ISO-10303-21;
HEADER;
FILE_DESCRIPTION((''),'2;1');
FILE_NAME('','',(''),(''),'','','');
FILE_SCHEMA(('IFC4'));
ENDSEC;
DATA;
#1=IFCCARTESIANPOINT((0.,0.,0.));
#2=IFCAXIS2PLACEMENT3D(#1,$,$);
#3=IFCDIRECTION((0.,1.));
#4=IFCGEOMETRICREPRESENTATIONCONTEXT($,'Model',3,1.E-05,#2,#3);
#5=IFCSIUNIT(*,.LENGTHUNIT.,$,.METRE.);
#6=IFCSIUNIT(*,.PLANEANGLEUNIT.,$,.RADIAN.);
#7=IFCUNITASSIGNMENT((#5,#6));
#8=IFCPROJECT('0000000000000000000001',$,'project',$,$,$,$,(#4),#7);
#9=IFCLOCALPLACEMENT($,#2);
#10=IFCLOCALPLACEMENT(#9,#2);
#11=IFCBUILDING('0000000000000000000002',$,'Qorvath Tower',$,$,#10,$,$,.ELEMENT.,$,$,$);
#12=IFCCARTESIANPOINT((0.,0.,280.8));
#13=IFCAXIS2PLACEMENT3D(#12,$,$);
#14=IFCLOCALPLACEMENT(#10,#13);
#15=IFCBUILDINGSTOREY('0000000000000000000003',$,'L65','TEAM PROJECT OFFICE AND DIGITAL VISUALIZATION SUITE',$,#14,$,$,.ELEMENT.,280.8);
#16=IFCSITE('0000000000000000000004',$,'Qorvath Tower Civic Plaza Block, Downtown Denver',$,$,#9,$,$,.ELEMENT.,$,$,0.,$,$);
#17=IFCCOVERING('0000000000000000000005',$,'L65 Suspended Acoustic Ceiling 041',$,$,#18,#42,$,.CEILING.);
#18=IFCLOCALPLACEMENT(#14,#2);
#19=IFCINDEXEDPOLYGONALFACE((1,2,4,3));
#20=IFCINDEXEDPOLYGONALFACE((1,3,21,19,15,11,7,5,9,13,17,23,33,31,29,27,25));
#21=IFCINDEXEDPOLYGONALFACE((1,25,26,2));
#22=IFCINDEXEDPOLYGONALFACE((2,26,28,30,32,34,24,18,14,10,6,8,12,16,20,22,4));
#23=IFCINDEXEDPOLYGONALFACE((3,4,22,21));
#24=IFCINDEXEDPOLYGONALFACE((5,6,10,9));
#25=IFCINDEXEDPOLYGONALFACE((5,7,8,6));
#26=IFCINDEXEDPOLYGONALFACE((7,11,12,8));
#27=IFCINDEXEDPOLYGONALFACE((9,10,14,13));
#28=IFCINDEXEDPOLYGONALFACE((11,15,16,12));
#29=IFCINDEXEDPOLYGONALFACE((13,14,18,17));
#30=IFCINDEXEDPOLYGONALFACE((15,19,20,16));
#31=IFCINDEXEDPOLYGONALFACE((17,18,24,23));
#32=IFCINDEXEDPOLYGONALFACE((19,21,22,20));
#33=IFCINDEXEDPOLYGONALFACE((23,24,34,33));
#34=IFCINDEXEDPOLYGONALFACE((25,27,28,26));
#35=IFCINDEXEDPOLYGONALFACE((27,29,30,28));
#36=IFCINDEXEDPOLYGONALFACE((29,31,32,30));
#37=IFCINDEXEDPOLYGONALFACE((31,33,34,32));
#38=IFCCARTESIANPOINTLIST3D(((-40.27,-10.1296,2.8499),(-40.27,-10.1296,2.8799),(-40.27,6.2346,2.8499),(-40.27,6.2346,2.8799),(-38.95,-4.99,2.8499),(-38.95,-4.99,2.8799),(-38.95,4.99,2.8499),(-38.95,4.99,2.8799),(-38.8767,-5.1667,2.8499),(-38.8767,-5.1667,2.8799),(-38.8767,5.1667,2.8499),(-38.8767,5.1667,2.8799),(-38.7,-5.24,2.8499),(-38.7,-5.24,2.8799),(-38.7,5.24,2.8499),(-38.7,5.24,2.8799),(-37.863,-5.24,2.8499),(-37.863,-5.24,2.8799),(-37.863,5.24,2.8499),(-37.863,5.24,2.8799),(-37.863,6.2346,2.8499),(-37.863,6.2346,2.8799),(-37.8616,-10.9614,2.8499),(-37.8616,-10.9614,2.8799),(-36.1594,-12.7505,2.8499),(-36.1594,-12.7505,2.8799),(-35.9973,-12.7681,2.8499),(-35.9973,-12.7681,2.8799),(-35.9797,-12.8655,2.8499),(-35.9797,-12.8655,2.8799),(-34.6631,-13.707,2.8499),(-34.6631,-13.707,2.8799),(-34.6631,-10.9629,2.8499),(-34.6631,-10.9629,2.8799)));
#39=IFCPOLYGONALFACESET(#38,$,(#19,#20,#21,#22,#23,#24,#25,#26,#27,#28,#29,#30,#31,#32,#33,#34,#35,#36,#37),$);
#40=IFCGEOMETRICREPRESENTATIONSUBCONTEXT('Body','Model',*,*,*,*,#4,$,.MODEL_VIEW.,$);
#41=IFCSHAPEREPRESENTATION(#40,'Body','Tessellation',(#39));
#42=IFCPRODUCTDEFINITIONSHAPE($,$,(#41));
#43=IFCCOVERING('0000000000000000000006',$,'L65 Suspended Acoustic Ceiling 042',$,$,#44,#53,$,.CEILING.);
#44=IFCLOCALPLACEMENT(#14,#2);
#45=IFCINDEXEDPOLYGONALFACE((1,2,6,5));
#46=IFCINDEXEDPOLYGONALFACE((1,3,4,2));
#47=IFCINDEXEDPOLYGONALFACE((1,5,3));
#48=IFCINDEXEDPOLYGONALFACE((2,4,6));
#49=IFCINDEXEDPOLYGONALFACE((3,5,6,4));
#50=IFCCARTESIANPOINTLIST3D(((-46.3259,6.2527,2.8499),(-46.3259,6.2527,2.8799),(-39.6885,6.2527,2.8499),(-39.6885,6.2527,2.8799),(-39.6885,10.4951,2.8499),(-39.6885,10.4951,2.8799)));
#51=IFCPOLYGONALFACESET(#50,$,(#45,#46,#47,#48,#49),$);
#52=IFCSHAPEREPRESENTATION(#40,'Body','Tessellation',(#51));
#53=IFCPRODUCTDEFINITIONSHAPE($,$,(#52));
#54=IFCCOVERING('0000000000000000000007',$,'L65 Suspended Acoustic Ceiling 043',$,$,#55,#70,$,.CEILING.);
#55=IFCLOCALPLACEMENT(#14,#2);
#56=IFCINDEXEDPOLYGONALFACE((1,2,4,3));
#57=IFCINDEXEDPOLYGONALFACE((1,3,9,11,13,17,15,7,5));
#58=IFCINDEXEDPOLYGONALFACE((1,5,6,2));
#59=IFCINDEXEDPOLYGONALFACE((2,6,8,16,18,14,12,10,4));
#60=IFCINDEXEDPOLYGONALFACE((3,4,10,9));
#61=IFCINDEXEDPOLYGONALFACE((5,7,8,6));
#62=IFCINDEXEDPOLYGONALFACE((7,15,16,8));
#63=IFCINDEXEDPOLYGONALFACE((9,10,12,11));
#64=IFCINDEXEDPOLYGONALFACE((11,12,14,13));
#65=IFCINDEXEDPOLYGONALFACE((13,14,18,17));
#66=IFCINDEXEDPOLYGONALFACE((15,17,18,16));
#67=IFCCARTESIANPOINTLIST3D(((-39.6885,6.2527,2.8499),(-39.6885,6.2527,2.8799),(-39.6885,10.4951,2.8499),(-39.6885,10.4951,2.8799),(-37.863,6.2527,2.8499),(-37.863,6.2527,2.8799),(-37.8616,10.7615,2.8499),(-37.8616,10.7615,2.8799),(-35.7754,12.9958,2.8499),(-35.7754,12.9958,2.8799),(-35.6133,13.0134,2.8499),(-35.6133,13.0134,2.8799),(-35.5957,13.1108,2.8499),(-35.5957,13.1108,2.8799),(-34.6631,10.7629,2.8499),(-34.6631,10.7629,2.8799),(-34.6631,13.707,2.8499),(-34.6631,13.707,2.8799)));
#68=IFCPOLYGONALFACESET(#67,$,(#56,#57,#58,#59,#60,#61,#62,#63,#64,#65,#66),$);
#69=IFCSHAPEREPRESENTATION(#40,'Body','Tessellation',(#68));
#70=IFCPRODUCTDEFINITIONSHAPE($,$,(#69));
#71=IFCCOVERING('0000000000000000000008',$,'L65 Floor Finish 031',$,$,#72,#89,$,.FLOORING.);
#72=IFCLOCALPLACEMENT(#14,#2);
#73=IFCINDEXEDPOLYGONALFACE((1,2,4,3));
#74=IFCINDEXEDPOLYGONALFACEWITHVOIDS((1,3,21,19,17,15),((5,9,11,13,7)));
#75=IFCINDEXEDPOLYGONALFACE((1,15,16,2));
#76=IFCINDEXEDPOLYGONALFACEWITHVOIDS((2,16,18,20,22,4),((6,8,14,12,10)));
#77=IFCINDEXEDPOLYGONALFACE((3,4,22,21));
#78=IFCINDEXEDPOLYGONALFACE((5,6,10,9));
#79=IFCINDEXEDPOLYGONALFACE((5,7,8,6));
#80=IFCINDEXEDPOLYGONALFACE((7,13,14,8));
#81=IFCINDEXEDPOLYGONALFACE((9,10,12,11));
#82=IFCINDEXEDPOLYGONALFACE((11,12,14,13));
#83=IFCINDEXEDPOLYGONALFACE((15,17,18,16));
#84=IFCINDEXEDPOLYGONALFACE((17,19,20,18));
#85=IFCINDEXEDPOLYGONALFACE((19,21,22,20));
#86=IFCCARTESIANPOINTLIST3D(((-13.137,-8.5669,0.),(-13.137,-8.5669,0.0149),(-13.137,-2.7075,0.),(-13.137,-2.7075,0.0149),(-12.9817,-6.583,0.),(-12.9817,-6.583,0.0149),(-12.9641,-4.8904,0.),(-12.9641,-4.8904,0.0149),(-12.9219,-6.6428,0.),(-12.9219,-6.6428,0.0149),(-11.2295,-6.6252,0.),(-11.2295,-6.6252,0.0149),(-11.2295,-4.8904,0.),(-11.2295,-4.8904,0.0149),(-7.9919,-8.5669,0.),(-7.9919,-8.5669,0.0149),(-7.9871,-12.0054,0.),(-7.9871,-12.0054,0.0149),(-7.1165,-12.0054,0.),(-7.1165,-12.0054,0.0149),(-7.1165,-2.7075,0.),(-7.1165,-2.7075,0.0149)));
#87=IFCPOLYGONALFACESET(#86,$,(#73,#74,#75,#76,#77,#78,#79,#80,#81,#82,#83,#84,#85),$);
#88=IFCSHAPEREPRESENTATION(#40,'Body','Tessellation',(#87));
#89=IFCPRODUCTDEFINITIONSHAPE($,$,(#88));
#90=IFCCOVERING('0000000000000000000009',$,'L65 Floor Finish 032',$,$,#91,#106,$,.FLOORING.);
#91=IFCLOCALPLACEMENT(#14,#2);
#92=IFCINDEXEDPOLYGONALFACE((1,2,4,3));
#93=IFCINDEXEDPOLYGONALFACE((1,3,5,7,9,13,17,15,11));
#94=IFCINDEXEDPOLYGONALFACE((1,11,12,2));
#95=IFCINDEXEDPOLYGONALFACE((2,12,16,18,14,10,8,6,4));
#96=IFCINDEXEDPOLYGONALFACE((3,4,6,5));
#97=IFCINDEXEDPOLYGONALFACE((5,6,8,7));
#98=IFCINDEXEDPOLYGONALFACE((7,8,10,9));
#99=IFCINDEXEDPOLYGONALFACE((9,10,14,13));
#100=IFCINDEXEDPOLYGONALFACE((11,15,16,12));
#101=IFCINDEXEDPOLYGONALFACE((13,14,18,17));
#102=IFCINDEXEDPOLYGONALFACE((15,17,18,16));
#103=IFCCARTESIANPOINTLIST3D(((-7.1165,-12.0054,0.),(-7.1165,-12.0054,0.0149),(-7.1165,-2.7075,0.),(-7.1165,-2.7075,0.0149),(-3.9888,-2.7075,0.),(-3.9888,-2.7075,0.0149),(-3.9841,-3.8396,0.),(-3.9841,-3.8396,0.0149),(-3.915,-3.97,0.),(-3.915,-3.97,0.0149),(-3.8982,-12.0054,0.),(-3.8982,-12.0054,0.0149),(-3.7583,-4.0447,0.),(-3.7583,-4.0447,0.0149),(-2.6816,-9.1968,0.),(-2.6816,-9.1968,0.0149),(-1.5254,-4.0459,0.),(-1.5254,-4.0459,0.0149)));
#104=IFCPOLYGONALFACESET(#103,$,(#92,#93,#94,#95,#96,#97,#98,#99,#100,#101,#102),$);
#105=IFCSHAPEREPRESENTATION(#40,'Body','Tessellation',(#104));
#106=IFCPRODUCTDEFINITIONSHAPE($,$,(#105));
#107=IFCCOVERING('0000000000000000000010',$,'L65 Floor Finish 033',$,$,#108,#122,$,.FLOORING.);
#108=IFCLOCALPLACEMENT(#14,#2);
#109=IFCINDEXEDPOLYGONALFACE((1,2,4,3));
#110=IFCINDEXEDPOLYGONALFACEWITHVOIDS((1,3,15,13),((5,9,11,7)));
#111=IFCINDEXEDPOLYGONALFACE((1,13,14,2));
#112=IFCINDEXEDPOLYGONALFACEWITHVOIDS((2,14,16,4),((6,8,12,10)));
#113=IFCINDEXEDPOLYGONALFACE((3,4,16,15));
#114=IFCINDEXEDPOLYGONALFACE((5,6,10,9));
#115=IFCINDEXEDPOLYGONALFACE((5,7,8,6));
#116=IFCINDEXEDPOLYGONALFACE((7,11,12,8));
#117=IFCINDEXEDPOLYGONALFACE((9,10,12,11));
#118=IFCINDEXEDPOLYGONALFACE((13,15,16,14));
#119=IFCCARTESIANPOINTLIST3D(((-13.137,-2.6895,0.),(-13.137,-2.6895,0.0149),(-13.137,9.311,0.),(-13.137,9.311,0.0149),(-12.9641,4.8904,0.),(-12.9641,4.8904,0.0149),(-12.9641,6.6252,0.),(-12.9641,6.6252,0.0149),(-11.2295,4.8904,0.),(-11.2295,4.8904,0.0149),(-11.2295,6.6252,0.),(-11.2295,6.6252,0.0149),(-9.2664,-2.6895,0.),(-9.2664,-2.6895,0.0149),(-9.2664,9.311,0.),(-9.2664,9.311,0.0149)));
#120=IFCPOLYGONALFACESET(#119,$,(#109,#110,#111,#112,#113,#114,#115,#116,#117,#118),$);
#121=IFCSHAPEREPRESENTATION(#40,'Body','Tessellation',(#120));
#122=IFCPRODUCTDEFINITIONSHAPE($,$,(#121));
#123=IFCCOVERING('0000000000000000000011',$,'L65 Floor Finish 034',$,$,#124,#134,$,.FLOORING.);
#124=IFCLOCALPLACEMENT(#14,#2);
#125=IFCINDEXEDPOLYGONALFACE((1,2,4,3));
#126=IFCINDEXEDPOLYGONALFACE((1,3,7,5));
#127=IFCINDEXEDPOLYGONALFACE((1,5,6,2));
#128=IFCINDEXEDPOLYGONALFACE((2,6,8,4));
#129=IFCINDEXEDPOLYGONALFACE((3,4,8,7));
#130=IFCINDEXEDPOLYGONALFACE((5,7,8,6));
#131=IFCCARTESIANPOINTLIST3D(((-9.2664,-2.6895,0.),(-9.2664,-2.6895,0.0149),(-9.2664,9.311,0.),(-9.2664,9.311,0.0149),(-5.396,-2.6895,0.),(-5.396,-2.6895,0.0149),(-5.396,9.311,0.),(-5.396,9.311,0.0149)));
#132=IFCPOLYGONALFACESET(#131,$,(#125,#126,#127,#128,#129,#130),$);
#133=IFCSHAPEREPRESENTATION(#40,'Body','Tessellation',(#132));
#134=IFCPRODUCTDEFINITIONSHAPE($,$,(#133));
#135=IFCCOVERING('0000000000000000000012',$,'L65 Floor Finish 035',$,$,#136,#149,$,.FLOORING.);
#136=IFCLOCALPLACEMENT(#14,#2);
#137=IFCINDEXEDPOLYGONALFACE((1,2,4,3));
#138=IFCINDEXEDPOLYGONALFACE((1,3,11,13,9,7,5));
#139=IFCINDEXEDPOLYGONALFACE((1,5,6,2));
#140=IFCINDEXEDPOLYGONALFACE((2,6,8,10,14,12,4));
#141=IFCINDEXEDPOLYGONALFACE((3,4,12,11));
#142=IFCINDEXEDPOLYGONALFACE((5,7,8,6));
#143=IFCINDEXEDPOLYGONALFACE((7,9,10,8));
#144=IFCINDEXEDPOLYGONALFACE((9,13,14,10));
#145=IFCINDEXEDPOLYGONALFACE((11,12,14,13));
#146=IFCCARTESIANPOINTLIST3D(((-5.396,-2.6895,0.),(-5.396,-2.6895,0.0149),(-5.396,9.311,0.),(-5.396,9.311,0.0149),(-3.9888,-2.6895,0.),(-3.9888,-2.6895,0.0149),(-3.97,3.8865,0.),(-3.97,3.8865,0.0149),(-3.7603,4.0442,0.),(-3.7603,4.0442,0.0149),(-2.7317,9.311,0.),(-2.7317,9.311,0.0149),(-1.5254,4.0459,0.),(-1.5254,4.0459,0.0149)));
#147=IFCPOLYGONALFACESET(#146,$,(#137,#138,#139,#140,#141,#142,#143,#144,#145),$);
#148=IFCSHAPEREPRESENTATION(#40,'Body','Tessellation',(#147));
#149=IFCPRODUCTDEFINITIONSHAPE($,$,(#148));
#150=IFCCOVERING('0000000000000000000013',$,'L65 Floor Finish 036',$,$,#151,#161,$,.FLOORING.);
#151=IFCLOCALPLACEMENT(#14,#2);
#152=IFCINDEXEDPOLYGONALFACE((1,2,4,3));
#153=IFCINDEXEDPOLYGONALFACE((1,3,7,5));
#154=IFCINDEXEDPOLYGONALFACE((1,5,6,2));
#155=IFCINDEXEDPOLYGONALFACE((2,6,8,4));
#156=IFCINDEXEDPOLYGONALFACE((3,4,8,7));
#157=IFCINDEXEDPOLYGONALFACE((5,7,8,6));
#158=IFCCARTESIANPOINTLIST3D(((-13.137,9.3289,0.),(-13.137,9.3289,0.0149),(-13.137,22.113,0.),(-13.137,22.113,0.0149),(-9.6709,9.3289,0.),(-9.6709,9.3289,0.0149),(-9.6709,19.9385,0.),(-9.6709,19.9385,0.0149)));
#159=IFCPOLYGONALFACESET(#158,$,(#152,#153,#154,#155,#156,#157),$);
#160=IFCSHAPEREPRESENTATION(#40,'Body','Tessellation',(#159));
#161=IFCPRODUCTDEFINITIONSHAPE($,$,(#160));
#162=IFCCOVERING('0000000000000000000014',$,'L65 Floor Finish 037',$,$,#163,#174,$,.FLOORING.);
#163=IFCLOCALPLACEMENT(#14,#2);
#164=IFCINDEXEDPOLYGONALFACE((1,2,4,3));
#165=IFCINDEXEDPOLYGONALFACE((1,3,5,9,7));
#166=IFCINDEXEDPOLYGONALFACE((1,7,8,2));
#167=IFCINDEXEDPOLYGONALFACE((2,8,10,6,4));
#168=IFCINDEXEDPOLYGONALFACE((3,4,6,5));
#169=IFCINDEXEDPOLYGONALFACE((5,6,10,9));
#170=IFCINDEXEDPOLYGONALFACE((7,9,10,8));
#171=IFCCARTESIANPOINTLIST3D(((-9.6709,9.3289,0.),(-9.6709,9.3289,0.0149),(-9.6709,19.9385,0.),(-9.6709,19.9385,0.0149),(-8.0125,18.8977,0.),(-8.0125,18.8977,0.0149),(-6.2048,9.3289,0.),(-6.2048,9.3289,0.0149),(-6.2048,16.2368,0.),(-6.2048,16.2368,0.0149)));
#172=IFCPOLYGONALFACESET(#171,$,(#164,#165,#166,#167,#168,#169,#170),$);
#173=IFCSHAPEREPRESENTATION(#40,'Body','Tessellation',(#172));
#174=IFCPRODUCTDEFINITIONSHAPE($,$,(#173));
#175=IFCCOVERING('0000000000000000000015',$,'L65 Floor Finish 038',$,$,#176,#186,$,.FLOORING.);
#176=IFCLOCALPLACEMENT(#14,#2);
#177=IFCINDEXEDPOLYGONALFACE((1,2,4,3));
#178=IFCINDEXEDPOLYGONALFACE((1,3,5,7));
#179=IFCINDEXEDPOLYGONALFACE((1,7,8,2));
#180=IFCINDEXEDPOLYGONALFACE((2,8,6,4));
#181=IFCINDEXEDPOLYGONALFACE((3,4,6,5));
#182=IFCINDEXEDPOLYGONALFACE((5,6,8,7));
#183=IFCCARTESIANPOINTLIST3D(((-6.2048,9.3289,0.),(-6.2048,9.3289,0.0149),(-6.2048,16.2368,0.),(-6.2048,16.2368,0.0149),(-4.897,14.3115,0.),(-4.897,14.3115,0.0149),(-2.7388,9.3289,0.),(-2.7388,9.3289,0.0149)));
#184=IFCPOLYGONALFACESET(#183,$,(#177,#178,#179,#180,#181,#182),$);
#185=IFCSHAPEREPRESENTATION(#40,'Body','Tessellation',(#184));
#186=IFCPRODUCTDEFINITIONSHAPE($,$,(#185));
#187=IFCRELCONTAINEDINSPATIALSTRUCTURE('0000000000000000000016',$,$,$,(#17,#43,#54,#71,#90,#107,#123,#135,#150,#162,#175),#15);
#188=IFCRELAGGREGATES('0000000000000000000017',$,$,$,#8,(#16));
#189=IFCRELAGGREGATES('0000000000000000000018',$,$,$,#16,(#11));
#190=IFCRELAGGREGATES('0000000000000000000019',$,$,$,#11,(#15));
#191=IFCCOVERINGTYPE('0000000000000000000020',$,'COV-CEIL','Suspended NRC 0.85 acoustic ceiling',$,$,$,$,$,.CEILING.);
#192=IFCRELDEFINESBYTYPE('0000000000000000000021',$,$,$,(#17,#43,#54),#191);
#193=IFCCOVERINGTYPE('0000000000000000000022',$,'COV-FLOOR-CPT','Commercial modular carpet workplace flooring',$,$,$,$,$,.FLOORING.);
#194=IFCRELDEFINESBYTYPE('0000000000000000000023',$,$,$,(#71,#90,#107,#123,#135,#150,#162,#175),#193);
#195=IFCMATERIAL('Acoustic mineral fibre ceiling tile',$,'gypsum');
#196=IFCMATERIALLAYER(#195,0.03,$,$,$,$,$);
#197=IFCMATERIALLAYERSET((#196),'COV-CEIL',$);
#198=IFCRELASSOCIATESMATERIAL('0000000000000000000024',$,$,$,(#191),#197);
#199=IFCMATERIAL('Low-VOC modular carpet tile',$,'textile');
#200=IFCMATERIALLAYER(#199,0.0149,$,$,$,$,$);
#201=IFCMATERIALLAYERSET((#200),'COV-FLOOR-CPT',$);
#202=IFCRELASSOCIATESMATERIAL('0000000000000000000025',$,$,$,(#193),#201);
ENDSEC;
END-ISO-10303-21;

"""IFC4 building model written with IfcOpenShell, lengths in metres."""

from ifc_helpers import new_model, si_unit, direction, frame, origin, place, context, subcontext, project, spatial, polyline, outline, extrude, material, layer, layer_set, type_object, element, save


model = new_model("IFC4")

# Units and contexts
model_context = context("Model", 3, precision=1e-05, world=origin(), true_north=direction((0.0, 1.0)))
body_context = subcontext(model_context, "Body", "Model", "MODEL_VIEW")
ifc_project = project(units=[si_unit("LENGTHUNIT", "METRE"), si_unit("PLANEANGLEUNIT", "RADIAN")], contexts=[model_context])

# Site, building, storey
site_placement = place(None, origin())
site = spatial("IfcSite", under=ifc_project, at=site_placement, Name="Qorvath Tower Civic Plaza Block, Downtown Denver", CompositionType="ELEMENT", RefElevation=0.0)
building_placement = place(site_placement, origin())
building = spatial("IfcBuilding", under=site, at=building_placement, Name="Qorvath Tower", CompositionType="ELEMENT")
storey_placement = place(building_placement, frame((0.0, 0.0, 280.8)))
storey = spatial("IfcBuildingStorey", under=building, at=storey_placement, Name="L65", Description="TEAM PROJECT OFFICE AND DIGITAL VISUALIZATION SUITE", CompositionType="ELEMENT", Elevation=280.8)

# Coverings
ifc_material_1 = material(Name="Acoustic mineral fibre ceiling tile", Category="gypsum")
ifc_layer_1 = layer(ifc_material_1, 0.03)
ifc_layer_set_1 = layer_set([ifc_layer_1], Name="COV-CEIL")
covering_type_1 = type_object("IfcCoveringType", Name="COV-CEIL", Description="Suspended NRC 0.85 acoustic ceiling", PredefinedType="CEILING", material=ifc_layer_set_1)
covering_1_placement = place(storey_placement, frame((0.0, 0.0, 2.8499)))
element("IfcCovering", 1, at=covering_1_placement, inside=storey, type_object=covering_type_1, Name="L65 Suspended Acoustic Ceiling 041", PredefinedType="CEILING", context=body_context, shape_type="SweptSolid", body=[
    extrude(outline(polyline([(-40.27, 6.2346), (-40.27, -10.1296), (-36.1594, -12.7505), (-35.9973, -12.7681), (-35.9797, -12.8655), (-34.6631, -13.707), (-34.6631, -10.9629), (-37.8616, -10.9614), (-37.863, -5.24), (-38.7, -5.24), (-38.8767, -5.1667), (-38.95, -4.99), (-38.95, 4.99), (-38.8767, 5.1667), (-38.7, 5.24), (-37.863, 5.24), (-37.863, 6.2346), (-40.27, 6.2346)])), origin(), (0.0, 0.0, 1.0), 0.03),
])
covering_2_placement = place(storey_placement, frame((0.0, 0.0, 2.8499)))
element("IfcCovering", 2, at=covering_2_placement, inside=storey, type_object=covering_type_1, Name="L65 Suspended Acoustic Ceiling 042", PredefinedType="CEILING", context=body_context, shape_type="SweptSolid", body=[
    extrude(outline(polyline([(-39.6885, 6.2527), (-39.6885, 10.4951), (-46.3259, 6.2527), (-39.6885, 6.2527)])), origin(), (0.0, 0.0, 1.0), 0.03),
])
covering_3_placement = place(storey_placement, frame((0.0, 0.0, 2.8499)))
element("IfcCovering", 3, at=covering_3_placement, inside=storey, type_object=covering_type_1, Name="L65 Suspended Acoustic Ceiling 043", PredefinedType="CEILING", context=body_context, shape_type="SweptSolid", body=[
    extrude(outline(polyline([(-34.6631, 10.7629), (-34.6631, 13.707), (-35.5957, 13.1108), (-35.6133, 13.0134), (-35.7754, 12.9958), (-39.6885, 10.4951), (-39.6885, 6.2527), (-37.863, 6.2527), (-37.8616, 10.7615), (-34.6631, 10.7629)])), origin(), (0.0, 0.0, 1.0), 0.03),
])
ifc_material_2 = material(Name="Low-VOC modular carpet tile", Category="textile")
ifc_layer_2 = layer(ifc_material_2, 0.0149)
ifc_layer_set_2 = layer_set([ifc_layer_2], Name="COV-FLOOR-CPT")
covering_type_2 = type_object("IfcCoveringType", Name="COV-FLOOR-CPT", Description="Commercial modular carpet workplace flooring", PredefinedType="FLOORING", material=ifc_layer_set_2)
covering_4_placement = place(storey_placement, origin())
element("IfcCovering", 4, at=covering_4_placement, inside=storey, type_object=covering_type_2, Name="L65 Floor Finish 031", PredefinedType="FLOORING", context=body_context, shape_type="SweptSolid", body=[
    extrude(outline(polyline([(-7.1165, -12.0054), (-7.1165, -2.7075), (-13.137, -2.7075), (-13.137, -8.5669), (-7.9919, -8.5669), (-7.9871, -12.0054), (-7.1165, -12.0054)]), holes=[polyline([(-12.9817, -6.583), (-12.9641, -4.8904), (-11.2295, -4.8904), (-11.2295, -6.6252), (-12.9219, -6.6428), (-12.9817, -6.583)])]), origin(), (0.0, 0.0, 1.0), 0.0149),
])
covering_5_placement = place(storey_placement, origin())
element("IfcCovering", 5, at=covering_5_placement, inside=storey, type_object=covering_type_2, Name="L65 Floor Finish 032", PredefinedType="FLOORING", context=body_context, shape_type="SweptSolid", body=[
    extrude(outline(polyline([(-3.915, -3.97), (-3.9841, -3.8396), (-3.9888, -2.7075), (-7.1165, -2.7075), (-7.1165, -12.0054), (-3.8982, -12.0054), (-2.6816, -9.1968), (-1.5254, -4.0459), (-3.7583, -4.0447), (-3.915, -3.97)])), origin(), (0.0, 0.0, 1.0), 0.0149),
])
covering_6_placement = place(storey_placement, origin())
element("IfcCovering", 6, at=covering_6_placement, inside=storey, type_object=covering_type_2, Name="L65 Floor Finish 033", PredefinedType="FLOORING", context=body_context, shape_type="SweptSolid", body=[
    extrude(outline(polyline([(-9.2664, -2.6895), (-9.2664, 9.311), (-13.137, 9.311), (-13.137, -2.6895), (-9.2664, -2.6895)]), holes=[polyline([(-12.9641, 4.8904), (-12.9641, 6.6252), (-11.2295, 6.6252), (-11.2295, 4.8904), (-12.9641, 4.8904)])]), origin(), (0.0, 0.0, 1.0), 0.0149),
])
covering_7_placement = place(storey_placement, origin())
element("IfcCovering", 7, at=covering_7_placement, inside=storey, type_object=covering_type_2, Name="L65 Floor Finish 034", PredefinedType="FLOORING", context=body_context, shape_type="SweptSolid", body=[
    extrude(outline(polyline([(-5.396, -2.6895), (-5.396, 9.311), (-9.2664, 9.311), (-9.2664, -2.6895), (-5.396, -2.6895)])), origin(), (0.0, 0.0, 1.0), 0.0149),
])
covering_8_placement = place(storey_placement, origin())
element("IfcCovering", 8, at=covering_8_placement, inside=storey, type_object=covering_type_2, Name="L65 Floor Finish 035", PredefinedType="FLOORING", context=body_context, shape_type="SweptSolid", body=[
    extrude(outline(polyline([(-3.7603, 4.0442), (-1.5254, 4.0459), (-2.7317, 9.311), (-5.396, 9.311), (-5.396, -2.6895), (-3.9888, -2.6895), (-3.97, 3.8865), (-3.7603, 4.0442)])), origin(), (0.0, 0.0, 1.0), 0.0149),
])
covering_9_placement = place(storey_placement, origin())
element("IfcCovering", 9, at=covering_9_placement, inside=storey, type_object=covering_type_2, Name="L65 Floor Finish 036", PredefinedType="FLOORING", context=body_context, shape_type="SweptSolid", body=[
    extrude(outline(polyline([(-13.137, 22.113), (-13.137, 9.3289), (-9.6709, 9.3289), (-9.6709, 19.9385), (-13.137, 22.113)])), origin(), (0.0, 0.0, 1.0), 0.0149),
])
covering_10_placement = place(storey_placement, origin())
element("IfcCovering", 10, at=covering_10_placement, inside=storey, type_object=covering_type_2, Name="L65 Floor Finish 037", PredefinedType="FLOORING", context=body_context, shape_type="SweptSolid", body=[
    extrude(outline(polyline([(-9.6709, 19.9385), (-9.6709, 9.3289), (-6.2048, 9.3289), (-6.2048, 16.2368), (-8.0125, 18.8977), (-9.6709, 19.9385)])), origin(), (0.0, 0.0, 1.0), 0.0149),
])
covering_11_placement = place(storey_placement, origin())
element("IfcCovering", 11, at=covering_11_placement, inside=storey, type_object=covering_type_2, Name="L65 Floor Finish 038", PredefinedType="FLOORING", context=body_context, shape_type="SweptSolid", body=[
    extrude(outline(polyline([(-6.2048, 16.2368), (-6.2048, 9.3289), (-2.7388, 9.3289), (-4.897, 14.3115), (-6.2048, 16.2368)])), origin(), (0.0, 0.0, 1.0), 0.0149),
])

save(model, "model.ifc")
